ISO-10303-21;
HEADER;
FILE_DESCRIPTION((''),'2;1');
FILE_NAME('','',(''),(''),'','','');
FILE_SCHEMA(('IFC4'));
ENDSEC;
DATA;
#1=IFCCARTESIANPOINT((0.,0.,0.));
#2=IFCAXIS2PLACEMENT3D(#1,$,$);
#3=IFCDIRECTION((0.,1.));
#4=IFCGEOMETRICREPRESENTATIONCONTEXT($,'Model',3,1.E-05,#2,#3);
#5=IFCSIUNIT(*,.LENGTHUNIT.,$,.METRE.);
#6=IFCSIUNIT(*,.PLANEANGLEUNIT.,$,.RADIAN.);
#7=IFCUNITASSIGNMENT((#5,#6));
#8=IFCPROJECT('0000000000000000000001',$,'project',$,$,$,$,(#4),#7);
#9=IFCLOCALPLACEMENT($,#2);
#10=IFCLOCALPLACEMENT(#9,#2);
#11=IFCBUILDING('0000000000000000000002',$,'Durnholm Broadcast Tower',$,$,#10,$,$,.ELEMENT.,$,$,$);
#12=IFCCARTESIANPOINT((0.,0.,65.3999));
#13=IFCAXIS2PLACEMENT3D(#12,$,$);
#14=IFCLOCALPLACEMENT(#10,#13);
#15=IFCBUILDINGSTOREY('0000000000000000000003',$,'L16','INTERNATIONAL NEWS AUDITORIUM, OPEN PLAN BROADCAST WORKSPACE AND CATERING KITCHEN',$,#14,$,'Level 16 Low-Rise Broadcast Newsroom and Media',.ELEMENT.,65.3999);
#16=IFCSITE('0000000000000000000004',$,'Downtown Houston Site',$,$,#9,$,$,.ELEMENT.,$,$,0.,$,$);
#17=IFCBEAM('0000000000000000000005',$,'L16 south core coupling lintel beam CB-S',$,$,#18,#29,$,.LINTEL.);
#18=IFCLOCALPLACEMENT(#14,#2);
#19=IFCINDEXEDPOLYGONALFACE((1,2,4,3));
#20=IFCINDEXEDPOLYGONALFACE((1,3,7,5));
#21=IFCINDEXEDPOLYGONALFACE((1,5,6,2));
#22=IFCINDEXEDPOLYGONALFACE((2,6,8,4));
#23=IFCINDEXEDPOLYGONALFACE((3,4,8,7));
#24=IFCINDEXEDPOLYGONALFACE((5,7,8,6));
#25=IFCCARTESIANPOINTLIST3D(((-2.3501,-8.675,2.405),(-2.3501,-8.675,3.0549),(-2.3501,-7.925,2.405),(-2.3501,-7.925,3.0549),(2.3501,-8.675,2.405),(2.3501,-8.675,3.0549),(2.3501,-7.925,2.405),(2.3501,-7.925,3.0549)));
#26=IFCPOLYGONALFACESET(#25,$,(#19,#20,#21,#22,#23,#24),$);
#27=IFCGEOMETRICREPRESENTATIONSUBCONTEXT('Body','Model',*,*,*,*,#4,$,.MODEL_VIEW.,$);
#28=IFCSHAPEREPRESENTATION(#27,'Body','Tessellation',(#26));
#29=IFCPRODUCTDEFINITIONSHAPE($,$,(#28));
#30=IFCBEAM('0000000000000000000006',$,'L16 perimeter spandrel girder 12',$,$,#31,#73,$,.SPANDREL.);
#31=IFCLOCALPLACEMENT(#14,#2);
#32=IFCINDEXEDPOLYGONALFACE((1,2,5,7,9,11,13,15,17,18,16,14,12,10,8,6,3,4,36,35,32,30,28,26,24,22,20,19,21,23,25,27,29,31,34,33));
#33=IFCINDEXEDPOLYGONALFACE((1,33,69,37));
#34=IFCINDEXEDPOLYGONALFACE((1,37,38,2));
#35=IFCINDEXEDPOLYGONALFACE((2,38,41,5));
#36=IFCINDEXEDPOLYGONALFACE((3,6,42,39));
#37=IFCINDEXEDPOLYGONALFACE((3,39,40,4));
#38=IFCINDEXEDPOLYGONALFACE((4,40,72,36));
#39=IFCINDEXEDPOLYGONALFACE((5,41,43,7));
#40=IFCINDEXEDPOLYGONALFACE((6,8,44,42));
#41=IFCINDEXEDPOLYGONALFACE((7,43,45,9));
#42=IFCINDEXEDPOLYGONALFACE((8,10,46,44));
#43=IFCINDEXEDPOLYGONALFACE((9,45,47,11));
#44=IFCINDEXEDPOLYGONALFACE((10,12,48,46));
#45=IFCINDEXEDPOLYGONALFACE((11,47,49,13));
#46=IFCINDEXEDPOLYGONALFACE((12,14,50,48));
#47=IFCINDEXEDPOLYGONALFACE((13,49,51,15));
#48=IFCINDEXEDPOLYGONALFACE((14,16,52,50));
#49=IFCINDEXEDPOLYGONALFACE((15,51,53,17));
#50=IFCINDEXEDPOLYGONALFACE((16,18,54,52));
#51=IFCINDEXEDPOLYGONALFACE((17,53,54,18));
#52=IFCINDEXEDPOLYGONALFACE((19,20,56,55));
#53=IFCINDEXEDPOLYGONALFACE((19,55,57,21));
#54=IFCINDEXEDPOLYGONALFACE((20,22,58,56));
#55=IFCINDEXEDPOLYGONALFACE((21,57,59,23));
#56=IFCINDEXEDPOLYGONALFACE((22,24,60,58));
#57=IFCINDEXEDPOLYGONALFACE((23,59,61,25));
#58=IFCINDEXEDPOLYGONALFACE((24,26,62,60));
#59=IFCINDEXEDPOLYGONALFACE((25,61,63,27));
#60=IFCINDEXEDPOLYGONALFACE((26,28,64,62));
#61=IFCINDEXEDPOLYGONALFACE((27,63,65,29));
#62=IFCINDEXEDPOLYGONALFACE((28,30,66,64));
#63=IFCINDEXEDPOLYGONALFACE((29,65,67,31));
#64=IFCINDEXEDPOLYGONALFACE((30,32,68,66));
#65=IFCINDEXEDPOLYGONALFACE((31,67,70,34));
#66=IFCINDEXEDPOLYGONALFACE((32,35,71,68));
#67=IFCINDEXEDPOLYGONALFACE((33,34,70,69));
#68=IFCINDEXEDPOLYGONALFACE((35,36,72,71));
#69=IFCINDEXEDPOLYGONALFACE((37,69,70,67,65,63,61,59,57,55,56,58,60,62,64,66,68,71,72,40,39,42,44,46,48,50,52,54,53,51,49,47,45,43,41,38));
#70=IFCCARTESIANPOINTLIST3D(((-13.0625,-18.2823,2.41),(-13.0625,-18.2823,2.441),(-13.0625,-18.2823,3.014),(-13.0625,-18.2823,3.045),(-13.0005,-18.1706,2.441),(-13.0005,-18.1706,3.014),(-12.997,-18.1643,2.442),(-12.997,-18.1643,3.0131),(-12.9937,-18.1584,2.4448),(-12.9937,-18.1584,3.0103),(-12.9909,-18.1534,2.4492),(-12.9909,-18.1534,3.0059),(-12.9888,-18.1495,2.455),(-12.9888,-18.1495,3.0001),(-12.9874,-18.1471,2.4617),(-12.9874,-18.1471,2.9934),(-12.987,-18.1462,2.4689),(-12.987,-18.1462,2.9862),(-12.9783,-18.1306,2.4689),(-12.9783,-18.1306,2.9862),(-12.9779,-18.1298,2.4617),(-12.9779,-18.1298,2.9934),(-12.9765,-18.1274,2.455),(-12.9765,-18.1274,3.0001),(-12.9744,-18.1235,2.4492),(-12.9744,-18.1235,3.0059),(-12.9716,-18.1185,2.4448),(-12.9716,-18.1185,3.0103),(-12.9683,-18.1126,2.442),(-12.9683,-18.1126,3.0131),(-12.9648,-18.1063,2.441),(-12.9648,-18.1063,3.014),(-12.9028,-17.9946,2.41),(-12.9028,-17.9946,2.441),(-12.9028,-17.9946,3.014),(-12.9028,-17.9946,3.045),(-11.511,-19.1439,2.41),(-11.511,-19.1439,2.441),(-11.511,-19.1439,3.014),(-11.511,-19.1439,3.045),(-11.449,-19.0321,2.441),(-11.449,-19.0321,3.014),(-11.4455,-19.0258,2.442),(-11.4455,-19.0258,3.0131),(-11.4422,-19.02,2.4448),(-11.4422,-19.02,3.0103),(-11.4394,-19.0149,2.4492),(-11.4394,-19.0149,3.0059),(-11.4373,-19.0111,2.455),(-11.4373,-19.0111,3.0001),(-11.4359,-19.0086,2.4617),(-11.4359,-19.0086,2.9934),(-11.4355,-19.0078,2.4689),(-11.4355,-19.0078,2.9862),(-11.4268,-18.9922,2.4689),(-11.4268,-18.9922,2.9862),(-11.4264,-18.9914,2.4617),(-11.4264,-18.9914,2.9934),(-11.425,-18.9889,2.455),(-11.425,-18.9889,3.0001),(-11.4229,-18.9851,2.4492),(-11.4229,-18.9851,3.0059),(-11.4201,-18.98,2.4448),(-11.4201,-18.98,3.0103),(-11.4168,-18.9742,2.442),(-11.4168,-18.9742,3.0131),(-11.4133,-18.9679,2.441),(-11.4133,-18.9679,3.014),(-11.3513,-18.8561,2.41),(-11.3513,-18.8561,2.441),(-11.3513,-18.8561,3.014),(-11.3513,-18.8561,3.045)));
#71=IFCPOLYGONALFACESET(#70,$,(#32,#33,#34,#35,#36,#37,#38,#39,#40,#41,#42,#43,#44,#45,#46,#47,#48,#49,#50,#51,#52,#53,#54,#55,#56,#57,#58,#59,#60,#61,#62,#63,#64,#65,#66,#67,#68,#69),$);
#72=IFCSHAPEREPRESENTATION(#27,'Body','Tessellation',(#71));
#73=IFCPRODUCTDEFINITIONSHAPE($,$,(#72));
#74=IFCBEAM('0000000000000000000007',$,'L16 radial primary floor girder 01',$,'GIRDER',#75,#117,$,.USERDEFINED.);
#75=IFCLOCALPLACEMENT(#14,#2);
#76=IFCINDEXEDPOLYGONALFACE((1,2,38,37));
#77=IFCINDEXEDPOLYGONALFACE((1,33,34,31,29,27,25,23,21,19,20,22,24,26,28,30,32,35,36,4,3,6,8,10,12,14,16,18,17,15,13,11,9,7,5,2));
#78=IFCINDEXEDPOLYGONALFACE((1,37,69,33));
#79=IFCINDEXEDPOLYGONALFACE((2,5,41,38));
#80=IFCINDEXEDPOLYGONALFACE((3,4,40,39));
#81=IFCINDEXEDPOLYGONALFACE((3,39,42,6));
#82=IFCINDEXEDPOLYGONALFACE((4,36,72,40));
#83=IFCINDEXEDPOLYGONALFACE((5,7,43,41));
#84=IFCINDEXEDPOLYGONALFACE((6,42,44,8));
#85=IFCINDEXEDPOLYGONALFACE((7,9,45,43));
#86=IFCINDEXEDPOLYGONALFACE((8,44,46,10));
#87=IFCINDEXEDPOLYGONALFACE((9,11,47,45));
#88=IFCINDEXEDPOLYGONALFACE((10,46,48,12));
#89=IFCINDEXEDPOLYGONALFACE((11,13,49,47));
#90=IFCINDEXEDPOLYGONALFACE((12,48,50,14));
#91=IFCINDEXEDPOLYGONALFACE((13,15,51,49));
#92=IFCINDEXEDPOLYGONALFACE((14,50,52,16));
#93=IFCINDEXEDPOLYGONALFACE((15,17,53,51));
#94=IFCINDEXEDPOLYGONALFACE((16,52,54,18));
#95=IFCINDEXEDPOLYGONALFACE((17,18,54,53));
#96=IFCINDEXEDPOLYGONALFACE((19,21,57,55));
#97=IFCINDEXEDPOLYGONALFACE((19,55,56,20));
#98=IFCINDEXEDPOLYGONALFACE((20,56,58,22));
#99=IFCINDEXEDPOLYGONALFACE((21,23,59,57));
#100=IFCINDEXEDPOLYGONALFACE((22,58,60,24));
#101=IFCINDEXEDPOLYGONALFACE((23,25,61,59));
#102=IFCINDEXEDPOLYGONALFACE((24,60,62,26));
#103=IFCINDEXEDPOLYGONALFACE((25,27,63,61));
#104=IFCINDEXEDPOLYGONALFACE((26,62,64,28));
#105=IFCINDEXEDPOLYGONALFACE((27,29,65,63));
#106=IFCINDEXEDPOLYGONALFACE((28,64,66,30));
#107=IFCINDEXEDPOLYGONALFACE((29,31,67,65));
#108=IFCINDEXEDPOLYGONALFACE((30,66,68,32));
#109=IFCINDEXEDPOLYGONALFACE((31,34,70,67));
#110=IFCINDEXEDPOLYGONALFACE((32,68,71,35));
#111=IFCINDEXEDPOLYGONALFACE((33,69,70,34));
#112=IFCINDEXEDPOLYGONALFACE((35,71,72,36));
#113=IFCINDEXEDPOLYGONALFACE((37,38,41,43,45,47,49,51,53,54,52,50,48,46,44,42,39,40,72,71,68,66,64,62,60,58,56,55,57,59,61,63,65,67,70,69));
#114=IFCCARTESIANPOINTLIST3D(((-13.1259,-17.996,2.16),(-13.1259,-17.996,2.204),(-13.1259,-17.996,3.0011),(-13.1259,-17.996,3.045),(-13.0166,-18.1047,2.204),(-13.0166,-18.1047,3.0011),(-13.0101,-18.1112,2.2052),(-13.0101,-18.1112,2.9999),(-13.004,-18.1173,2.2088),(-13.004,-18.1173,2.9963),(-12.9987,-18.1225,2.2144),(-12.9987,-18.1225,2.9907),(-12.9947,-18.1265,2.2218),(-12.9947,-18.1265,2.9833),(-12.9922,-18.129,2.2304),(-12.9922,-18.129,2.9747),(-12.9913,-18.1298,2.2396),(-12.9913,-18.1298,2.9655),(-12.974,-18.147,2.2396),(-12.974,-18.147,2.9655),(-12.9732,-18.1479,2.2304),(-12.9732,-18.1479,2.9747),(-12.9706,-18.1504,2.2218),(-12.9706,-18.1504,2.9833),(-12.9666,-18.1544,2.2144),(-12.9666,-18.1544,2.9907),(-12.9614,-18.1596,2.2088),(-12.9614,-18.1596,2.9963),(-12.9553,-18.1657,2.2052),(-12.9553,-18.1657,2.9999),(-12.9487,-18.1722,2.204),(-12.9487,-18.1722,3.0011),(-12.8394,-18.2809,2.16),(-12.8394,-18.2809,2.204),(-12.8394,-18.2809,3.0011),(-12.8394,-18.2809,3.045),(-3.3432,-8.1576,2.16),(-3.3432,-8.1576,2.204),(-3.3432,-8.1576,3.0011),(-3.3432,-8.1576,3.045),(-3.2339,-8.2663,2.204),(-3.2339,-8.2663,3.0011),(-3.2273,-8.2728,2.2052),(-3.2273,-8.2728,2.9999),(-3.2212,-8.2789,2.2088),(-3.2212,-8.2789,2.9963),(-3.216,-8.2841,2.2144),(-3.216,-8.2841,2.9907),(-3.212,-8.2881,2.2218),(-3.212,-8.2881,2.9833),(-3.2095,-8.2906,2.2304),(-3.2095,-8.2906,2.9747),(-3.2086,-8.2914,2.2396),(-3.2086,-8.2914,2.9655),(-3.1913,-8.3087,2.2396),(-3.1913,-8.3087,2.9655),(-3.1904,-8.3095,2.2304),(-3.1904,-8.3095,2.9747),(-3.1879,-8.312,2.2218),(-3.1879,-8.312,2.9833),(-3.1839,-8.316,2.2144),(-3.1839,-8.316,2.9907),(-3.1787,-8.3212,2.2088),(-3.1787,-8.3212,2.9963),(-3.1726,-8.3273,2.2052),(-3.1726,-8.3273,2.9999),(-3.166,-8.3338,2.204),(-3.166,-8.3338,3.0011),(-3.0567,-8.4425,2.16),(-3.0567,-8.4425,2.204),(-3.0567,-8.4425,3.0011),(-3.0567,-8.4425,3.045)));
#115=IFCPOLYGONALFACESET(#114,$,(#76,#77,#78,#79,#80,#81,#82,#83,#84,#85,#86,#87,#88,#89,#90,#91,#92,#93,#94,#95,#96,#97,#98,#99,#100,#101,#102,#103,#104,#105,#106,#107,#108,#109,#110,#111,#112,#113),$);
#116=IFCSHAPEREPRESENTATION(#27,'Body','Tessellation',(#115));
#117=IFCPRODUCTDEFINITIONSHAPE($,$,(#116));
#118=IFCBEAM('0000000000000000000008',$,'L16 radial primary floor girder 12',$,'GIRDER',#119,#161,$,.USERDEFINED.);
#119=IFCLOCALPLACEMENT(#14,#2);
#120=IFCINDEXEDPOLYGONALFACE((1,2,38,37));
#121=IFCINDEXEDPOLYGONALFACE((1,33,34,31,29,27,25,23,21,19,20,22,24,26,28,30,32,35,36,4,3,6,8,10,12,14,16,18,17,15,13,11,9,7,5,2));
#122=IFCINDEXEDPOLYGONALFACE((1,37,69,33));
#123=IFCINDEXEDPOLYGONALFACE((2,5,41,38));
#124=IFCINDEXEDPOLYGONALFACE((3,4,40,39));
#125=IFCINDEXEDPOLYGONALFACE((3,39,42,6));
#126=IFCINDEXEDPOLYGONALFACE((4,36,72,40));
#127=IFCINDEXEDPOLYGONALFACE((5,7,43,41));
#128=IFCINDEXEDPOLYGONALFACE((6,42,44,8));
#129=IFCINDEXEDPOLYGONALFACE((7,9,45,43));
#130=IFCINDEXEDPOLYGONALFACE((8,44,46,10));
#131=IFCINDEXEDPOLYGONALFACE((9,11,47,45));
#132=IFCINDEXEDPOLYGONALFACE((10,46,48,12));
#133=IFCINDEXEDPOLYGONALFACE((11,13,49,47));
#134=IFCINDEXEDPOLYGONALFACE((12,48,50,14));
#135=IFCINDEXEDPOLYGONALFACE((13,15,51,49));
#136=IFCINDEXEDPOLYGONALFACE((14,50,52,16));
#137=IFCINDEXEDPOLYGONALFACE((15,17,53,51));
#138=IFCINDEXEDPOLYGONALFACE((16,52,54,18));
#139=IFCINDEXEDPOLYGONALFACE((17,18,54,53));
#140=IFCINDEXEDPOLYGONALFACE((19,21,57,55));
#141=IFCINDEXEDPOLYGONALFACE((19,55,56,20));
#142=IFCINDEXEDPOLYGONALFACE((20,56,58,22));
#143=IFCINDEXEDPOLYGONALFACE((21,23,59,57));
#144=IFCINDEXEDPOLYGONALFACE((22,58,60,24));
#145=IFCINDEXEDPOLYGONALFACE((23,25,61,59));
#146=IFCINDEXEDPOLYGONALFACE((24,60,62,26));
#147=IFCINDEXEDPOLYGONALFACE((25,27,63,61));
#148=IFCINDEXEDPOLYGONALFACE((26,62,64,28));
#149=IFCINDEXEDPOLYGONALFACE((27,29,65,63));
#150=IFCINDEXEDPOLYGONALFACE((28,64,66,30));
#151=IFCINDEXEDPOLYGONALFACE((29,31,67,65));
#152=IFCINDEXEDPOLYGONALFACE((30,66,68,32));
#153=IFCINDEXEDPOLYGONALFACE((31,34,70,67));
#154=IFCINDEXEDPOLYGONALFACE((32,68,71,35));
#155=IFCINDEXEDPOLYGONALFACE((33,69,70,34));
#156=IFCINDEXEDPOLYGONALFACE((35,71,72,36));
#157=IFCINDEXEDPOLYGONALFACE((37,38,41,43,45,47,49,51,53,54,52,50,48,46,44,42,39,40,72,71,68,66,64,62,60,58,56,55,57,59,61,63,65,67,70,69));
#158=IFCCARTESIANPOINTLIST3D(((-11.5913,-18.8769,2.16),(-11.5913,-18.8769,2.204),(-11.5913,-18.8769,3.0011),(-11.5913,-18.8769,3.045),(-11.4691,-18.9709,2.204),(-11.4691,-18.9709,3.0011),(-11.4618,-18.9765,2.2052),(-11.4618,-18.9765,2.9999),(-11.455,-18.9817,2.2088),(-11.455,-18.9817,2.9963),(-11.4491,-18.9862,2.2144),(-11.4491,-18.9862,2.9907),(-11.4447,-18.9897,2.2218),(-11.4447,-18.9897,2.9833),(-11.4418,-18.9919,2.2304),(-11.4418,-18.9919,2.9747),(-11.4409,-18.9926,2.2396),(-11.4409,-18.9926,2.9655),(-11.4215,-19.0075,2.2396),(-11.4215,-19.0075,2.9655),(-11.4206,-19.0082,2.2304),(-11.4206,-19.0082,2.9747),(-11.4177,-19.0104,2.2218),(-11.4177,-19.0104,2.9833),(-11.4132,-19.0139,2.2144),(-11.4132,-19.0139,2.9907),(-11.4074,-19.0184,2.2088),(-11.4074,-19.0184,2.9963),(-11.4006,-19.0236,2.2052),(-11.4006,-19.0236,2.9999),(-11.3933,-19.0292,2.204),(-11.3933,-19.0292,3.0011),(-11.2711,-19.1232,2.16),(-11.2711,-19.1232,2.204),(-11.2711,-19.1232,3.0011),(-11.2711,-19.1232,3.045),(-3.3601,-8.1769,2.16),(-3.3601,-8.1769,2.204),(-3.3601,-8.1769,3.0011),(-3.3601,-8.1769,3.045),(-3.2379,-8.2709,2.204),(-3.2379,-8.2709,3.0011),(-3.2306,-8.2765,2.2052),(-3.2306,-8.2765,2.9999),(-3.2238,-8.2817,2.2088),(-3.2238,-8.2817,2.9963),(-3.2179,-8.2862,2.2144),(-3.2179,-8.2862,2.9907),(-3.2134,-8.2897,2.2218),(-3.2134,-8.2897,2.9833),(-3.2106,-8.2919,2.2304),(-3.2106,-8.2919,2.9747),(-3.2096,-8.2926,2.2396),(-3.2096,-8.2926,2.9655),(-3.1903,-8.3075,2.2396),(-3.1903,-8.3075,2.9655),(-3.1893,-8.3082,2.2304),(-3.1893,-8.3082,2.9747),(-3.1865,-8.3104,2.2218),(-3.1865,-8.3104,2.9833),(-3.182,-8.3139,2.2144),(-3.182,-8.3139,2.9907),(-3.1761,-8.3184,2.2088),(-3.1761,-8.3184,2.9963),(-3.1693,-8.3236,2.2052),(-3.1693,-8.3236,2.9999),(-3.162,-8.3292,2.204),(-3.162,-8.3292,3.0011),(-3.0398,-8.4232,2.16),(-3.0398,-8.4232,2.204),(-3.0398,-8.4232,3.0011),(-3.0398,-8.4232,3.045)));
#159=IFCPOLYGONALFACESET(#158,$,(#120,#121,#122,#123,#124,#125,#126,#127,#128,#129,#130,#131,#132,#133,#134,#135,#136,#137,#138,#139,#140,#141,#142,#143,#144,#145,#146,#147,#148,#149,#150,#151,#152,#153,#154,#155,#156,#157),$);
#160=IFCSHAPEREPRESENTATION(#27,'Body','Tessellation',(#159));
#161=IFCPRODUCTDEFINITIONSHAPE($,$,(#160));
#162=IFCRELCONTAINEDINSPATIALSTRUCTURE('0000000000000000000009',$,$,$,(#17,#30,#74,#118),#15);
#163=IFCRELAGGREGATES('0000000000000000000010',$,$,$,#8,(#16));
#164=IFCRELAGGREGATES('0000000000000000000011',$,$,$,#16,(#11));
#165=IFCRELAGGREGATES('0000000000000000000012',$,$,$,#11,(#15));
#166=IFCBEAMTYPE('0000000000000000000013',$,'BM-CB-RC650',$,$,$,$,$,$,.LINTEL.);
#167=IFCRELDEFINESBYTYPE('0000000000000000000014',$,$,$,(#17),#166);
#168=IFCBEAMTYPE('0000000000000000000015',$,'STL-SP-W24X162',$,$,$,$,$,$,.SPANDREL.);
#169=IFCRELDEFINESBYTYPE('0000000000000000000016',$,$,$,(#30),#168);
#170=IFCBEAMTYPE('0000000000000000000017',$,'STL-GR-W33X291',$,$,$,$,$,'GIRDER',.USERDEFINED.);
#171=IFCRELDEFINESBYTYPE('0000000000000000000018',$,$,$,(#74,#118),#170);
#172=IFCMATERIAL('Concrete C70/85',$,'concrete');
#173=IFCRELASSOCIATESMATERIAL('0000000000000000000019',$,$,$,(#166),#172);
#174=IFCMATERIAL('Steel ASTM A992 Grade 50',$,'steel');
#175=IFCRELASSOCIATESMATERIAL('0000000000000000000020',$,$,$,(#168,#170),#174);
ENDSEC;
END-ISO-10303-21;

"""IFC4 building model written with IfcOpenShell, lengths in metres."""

from ifc_helpers import new_model, si_unit, direction, frame, origin, origin_2d, place, context, subcontext, project, spatial, rectangle, i_section, extrude, source, transform, mapped, material, material_profile, profile_set, type_object, type_shapes, element, save


model = new_model("IFC4")

# Units and contexts
model_context = context("Model", 3, precision=1e-05, world=origin(), true_north=direction((0.0, 1.0)))
body_context = subcontext(model_context, "Body", "Model", "MODEL_VIEW")
ifc_project = project(units=[si_unit("LENGTHUNIT", "METRE"), si_unit("PLANEANGLEUNIT", "RADIAN")], contexts=[model_context])

# Site, building, storey
site_placement = place(None, origin())
site = spatial("IfcSite", under=ifc_project, at=site_placement, Name="Downtown Houston Site", CompositionType="ELEMENT", RefElevation=0.0)
building_placement = place(site_placement, origin())
building = spatial("IfcBuilding", under=site, at=building_placement, Name="Durnholm Broadcast Tower", CompositionType="ELEMENT")
storey_placement = place(building_placement, frame((0.0, 0.0, 65.3999)))
storey = spatial("IfcBuildingStorey", under=building, at=storey_placement, Name="L16", Description="INTERNATIONAL NEWS AUDITORIUM, OPEN PLAN BROADCAST WORKSPACE AND CATERING KITCHEN", LongName="Level 16 Low-Rise Broadcast Newsroom and Media", CompositionType="ELEMENT", Elevation=65.3999)

# Beams
ifc_material_1 = material(Name="Concrete C70/85", Category="concrete")
ifc_material_profile_1 = material_profile(ifc_material_1, rectangle(XDim=0.75, YDim=0.6499, at=origin_2d()), Name="RC750X650")
ifc_profile_set_1 = profile_set([ifc_material_profile_1], Name="Concrete C70/85")
beam_type_1 = type_object("IfcBeamType", Name="BM-CB-RC650", PredefinedType="LINTEL", material=ifc_profile_set_1)
shared_shape_1 = source(origin(), body_context, "Body", "SweptSolid", [
    extrude(rectangle(XDim=0.75, YDim=0.6499, at=origin_2d()), origin(), (0.0, 0.0, 1.0), 4.7002),
])
type_shapes(beam_type_1, [shared_shape_1])
beam_1_placement = place(storey_placement, frame((-2.3501, -8.3, 2.73), z_axis=(1.0, 0.0, 0.0), x_axis=(0.0, 1.0, 0.0)))
element("IfcBeam", 1, at=beam_1_placement, inside=storey, type_object=beam_type_1, Name="L16 south core coupling lintel beam CB-S", PredefinedType="LINTEL", context=body_context, shape_type="MappedRepresentation", body=[
    mapped(shared_shape_1, transform((0.0, 0.0, 0.0), x_axis=(1.0, 0.0, 0.0), y_axis=(0.0, 1.0, 0.0), z_axis=(0.0, 0.0, 1.0), scale=1.0)),
])
ifc_material_2 = material(Name="Steel ASTM A992 Grade 50", Category="steel")
ifc_material_profile_2 = material_profile(ifc_material_2, i_section(OverallWidth=0.3291, OverallDepth=0.635, WebThickness=0.0178, FlangeThickness=0.031, FilletRadius=0.0278, at=origin_2d()), Name="W24X162")
ifc_profile_set_2 = profile_set([ifc_material_profile_2], Name="Steel ASTM A992 Grade 50")
beam_type_2 = type_object("IfcBeamType", Name="STL-SP-W24X162", PredefinedType="SPANDREL", material=ifc_profile_set_2)
shared_shape_2 = source(origin(), body_context, "Body", "SweptSolid", [
    extrude(i_section(OverallWidth=0.3291, OverallDepth=0.635, WebThickness=0.0178, FlangeThickness=0.031, FilletRadius=0.0278, at=origin_2d()), origin(), (0.0, 0.0, 1.0), 1.7747),
])
type_shapes(beam_type_2, [shared_shape_2])
beam_2_placement = place(storey_placement, frame((-11.4312, -19.0, 2.7275), z_axis=(-0.874248, 0.485479, 0.0), x_axis=(-0.485479, -0.874248, 0.0)))
element("IfcBeam", 2, at=beam_2_placement, inside=storey, type_object=beam_type_2, Name="L16 perimeter spandrel girder 12", PredefinedType="SPANDREL", context=body_context, shape_type="MappedRepresentation", body=[
    mapped(shared_shape_2, transform((0.0, 0.0, 0.0), x_axis=(1.0, 0.0, 0.0), y_axis=(0.0, 1.0, 0.0), z_axis=(0.0, 0.0, 1.0), scale=1.0)),
])
ifc_material_profile_3 = material_profile(ifc_material_2, i_section(OverallWidth=0.4041, OverallDepth=0.885, WebThickness=0.0244, FlangeThickness=0.0439, FilletRadius=0.0356, at=origin_2d()), Name="W33X291")
ifc_profile_set_3 = profile_set([ifc_material_profile_3], Name="Steel ASTM A992 Grade 50")
beam_type_3 = type_object("IfcBeamType", Name="STL-GR-W33X291", ElementType="GIRDER", PredefinedType="USERDEFINED", material=ifc_profile_set_3)
shared_shape_3 = source(origin(), body_context, "Body", "SweptSolid", [
    extrude(i_section(OverallWidth=0.4041, OverallDepth=0.885, WebThickness=0.0244, FlangeThickness=0.0439, FilletRadius=0.0356, at=origin_2d()), origin(), (0.0, 0.0, 1.0), 13.8743),
])
beam_3_placement = place(storey_placement, frame((-3.2, -8.3, 2.6025), z_axis=(-0.705098, -0.70911, 0.0), x_axis=(0.70911, -0.705098, 0.0)))
element("IfcBeam", 3, at=beam_3_placement, inside=storey, type_object=beam_type_3, Name="L16 radial primary floor girder 01", ObjectType="GIRDER", PredefinedType="USERDEFINED", context=body_context, shape_type="MappedRepresentation", body=[
    mapped(shared_shape_3, transform((0.0, 0.0, 0.0), x_axis=(1.0, 0.0, 0.0), y_axis=(0.0, 1.0, 0.0), z_axis=(0.0, 0.0, 1.0), scale=1.0)),
])
shared_shape_4 = source(origin(), body_context, "Body", "SweptSolid", [
    extrude(i_section(OverallWidth=0.4041, OverallDepth=0.885, WebThickness=0.0244, FlangeThickness=0.0439, FilletRadius=0.0356, at=origin_2d()), origin(), (0.0, 0.0, 1.0), 13.4998),
])
type_shapes(beam_type_3, [shared_shape_3, shared_shape_4])
beam_4_placement = place(storey_placement, frame((-3.2, -8.3, 2.6025), z_axis=(-0.609733, -0.792607, 0.0), x_axis=(0.792607, -0.609733, 0.0)))
element("IfcBeam", 4, at=beam_4_placement, inside=storey, type_object=beam_type_3, Name="L16 radial primary floor girder 12", ObjectType="GIRDER", PredefinedType="USERDEFINED", context=body_context, shape_type="MappedRepresentation", body=[
    mapped(shared_shape_4, transform((0.0, 0.0, 0.0), x_axis=(1.0, 0.0, 0.0), y_axis=(0.0, 1.0, 0.0), z_axis=(0.0, 0.0, 1.0), scale=1.0)),
])

save(model, "model.ifc")
